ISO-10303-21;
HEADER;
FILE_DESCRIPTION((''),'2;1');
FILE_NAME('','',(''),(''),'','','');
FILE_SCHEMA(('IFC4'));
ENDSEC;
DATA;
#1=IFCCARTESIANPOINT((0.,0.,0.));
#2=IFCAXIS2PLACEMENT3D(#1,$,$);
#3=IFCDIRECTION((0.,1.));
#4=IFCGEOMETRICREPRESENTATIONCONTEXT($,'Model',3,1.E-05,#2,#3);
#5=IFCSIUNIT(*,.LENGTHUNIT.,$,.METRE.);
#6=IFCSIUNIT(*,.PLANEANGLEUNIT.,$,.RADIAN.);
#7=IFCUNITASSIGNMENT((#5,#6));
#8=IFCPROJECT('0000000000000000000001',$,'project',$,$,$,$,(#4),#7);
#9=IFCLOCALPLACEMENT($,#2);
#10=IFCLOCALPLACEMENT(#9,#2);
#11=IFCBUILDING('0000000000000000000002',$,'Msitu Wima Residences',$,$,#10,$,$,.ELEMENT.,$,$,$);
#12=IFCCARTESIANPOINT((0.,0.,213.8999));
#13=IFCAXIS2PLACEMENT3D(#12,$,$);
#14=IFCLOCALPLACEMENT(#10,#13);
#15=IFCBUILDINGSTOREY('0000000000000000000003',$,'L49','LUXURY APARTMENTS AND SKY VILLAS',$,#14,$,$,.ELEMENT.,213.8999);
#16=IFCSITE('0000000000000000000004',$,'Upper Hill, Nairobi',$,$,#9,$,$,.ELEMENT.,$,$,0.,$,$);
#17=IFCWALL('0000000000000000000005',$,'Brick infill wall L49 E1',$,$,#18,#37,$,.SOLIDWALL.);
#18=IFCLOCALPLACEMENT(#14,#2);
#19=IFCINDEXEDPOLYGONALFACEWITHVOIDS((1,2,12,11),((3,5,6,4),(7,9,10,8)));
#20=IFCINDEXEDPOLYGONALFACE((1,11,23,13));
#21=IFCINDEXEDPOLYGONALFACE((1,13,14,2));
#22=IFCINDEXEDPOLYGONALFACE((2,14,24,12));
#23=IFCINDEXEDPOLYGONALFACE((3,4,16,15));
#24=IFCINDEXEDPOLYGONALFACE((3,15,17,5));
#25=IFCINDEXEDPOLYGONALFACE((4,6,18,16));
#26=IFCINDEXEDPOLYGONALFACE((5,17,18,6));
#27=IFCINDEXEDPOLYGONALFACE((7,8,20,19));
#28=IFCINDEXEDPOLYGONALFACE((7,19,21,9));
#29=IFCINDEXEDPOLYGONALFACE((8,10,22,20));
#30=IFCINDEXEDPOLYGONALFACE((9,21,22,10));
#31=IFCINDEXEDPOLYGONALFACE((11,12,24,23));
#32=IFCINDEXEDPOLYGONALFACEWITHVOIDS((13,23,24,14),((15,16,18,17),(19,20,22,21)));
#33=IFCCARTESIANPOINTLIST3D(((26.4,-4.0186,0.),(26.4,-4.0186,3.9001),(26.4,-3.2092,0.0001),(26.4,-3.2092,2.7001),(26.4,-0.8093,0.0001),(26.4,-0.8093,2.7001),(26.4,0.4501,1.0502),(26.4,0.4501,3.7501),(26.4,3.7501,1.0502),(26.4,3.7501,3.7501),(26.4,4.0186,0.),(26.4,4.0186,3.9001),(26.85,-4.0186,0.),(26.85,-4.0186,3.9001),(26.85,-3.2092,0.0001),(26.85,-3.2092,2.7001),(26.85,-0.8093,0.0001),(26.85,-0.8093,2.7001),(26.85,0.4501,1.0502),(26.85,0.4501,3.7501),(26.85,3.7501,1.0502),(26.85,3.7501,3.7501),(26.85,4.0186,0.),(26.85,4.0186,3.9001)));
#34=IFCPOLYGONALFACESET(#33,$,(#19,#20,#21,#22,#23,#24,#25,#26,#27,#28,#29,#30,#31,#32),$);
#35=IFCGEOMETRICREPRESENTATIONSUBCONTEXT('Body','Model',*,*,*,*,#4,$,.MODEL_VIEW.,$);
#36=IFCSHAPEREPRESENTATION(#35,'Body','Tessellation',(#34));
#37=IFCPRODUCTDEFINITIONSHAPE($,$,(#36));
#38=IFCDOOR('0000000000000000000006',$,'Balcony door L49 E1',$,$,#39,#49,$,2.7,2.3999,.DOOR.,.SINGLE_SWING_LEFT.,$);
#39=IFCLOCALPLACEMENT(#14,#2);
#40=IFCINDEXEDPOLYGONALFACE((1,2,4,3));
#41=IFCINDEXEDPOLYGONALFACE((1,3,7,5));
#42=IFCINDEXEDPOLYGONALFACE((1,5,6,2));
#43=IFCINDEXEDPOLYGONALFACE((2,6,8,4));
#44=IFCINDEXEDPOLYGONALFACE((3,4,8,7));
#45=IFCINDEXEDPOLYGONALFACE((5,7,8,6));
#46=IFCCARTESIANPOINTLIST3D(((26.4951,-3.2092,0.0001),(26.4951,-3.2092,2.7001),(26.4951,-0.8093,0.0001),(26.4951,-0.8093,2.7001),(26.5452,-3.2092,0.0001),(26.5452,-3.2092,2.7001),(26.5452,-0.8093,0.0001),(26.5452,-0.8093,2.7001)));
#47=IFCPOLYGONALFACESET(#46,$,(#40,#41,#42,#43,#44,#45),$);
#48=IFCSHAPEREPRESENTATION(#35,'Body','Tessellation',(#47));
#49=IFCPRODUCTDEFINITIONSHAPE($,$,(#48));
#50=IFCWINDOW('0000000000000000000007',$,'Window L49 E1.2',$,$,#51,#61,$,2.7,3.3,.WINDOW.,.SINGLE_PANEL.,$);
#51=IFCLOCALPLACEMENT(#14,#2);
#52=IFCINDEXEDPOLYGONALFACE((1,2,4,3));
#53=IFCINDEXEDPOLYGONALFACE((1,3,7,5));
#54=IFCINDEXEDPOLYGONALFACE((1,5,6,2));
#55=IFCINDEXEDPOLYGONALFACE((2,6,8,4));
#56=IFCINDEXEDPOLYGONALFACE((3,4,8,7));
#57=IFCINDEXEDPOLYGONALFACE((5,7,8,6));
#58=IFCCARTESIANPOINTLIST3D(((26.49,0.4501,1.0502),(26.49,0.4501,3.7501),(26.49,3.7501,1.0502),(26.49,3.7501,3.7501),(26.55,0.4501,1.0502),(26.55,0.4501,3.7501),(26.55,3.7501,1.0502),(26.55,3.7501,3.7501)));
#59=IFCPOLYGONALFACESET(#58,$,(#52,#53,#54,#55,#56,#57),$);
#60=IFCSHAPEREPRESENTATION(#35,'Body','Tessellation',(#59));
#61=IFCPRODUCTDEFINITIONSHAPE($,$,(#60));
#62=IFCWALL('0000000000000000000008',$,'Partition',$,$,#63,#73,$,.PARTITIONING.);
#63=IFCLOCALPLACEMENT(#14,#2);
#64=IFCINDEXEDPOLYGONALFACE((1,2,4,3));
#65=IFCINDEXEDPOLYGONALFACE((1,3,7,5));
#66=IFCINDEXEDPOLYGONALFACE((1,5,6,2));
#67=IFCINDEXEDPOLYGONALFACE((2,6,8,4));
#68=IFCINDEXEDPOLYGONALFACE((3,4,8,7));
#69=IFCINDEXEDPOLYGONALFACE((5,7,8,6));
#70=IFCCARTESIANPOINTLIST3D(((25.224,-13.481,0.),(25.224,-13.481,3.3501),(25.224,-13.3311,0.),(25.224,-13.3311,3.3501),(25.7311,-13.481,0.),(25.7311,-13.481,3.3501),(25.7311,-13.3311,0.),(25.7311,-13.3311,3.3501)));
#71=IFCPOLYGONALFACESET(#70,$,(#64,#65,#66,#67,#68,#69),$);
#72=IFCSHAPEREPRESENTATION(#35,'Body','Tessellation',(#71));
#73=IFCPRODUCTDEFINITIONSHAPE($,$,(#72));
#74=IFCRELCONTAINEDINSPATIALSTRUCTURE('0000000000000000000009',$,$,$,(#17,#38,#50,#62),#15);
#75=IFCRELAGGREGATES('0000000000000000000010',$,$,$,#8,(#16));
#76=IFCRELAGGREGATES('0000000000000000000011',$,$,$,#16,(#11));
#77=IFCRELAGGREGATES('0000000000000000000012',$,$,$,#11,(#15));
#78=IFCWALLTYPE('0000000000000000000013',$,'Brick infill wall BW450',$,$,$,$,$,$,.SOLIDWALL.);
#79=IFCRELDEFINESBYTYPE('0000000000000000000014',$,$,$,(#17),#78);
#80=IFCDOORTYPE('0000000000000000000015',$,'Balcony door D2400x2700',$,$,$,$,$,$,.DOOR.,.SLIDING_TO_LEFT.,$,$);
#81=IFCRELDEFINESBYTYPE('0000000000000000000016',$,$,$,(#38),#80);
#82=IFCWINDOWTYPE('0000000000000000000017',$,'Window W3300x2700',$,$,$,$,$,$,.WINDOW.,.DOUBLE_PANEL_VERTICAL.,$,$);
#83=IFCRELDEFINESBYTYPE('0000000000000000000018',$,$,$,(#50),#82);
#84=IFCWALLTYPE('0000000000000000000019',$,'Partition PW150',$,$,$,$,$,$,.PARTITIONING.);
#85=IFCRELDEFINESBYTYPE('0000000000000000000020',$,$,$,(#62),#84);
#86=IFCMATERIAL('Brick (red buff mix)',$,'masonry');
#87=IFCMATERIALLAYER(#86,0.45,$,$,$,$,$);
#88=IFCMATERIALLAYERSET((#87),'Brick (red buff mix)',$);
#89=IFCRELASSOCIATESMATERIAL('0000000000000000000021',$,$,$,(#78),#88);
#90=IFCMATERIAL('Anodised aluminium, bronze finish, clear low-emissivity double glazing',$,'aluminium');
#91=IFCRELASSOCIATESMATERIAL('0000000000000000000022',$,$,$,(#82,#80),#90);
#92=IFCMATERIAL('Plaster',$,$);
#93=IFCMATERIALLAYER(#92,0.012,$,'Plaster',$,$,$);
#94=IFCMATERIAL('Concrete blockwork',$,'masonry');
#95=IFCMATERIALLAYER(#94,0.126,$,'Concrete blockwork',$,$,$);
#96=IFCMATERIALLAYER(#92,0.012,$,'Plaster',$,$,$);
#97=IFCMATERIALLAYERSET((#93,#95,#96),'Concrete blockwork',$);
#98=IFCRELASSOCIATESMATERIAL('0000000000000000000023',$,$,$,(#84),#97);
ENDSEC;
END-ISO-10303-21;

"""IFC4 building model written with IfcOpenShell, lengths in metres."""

from ifc_helpers import new_model, si_unit, direction, frame, frame_2d, origin, place, context, subcontext, project, spatial, rectangle, extrude, material, layer, layer_set, type_object, element, fill, save


model = new_model("IFC4")

# Units and contexts
model_context = context("Model", 3, precision=1e-05, world=origin(), true_north=direction((0.0, 1.0)))
body_context = subcontext(model_context, "Body", "Model", "MODEL_VIEW")
ifc_project = project(units=[si_unit("LENGTHUNIT", "METRE"), si_unit("PLANEANGLEUNIT", "RADIAN")], contexts=[model_context])

# Site, building, storey
site_placement = place(None, origin())
site = spatial("IfcSite", under=ifc_project, at=site_placement, Name="Upper Hill, Nairobi", CompositionType="ELEMENT", RefElevation=0.0)
building_placement = place(site_placement, origin())
building = spatial("IfcBuilding", under=site, at=building_placement, Name="Msitu Wima Residences", CompositionType="ELEMENT")
storey_placement = place(building_placement, frame((0.0, 0.0, 213.8999)))
storey = spatial("IfcBuildingStorey", under=building, at=storey_placement, Name="L49", Description="LUXURY APARTMENTS AND SKY VILLAS", CompositionType="ELEMENT", Elevation=213.8999)

# Shared definitions
ifc_material_1 = material(Name="Brick (red buff mix)", Category="masonry")
ifc_layer_1 = layer(ifc_material_1, 0.45)
ifc_layer_set_1 = layer_set([ifc_layer_1], Name="Brick (red buff mix)")
wall_type_1 = type_object("IfcWallType", Name="Brick infill wall BW450", PredefinedType="SOLIDWALL", material=ifc_layer_set_1)
ifc_material_2 = material(Name="Anodised aluminium, bronze finish, clear low-emissivity double glazing", Category="aluminium")
window_type = type_object("IfcWindowType", Name="Window W3300x2700", PartitioningType="DOUBLE_PANEL_VERTICAL", PredefinedType="WINDOW", material=ifc_material_2)

# Wall, openings, door, window
wall_1_placement = place(storey_placement, frame((26.625, -4.0186, 0.0), z_axis=(0.0, 0.0, 1.0), x_axis=(0.0, 1.0, 0.0)))
wall_1 = element("IfcWall", 1, at=wall_1_placement, inside=storey, type_object=wall_type_1, Name="Brick infill wall L49 E1", PredefinedType="SOLIDWALL", context=body_context, shape_type="SweptSolid", body=[
    extrude(rectangle(XDim=8.0371, YDim=0.45, at=frame_2d((4.0186, 0.0))), origin(), (0.0, 0.0, 1.0), 3.9001),
])
opening_1_placement = place(wall_1_placement, frame((0.8093, 0.0, 0.0)))
opening_1 = element("IfcOpeningElement", 2, at=opening_1_placement, cuts=wall_1, PredefinedType="OPENING", context=body_context, shape_type="SweptSolid", body=[
    extrude(rectangle(XDim=2.3999, YDim=2.7, at=frame_2d((1.2, 1.3501))), frame((0.0, 0.2349, 0.0), z_axis=(0.0, -1.0, 0.0), x_axis=(1.0, 0.0, 0.0)), (0.0, 0.0, 1.0), 0.47),
])
opening_2_placement = place(wall_1_placement, frame((4.4688, 0.0, 1.05)))
opening_2 = element("IfcOpeningElement", 3, at=opening_2_placement, cuts=wall_1, PredefinedType="OPENING", context=body_context, shape_type="SweptSolid", body=[
    extrude(rectangle(XDim=3.3, YDim=2.7, at=frame_2d((1.6499, 1.3501))), frame((0.0, 0.2349, 0.0), z_axis=(0.0, -1.0, 0.0), x_axis=(1.0, 0.0, 0.0)), (0.0, 0.0, 1.0), 0.47),
])
door_type = type_object("IfcDoorType", Name="Balcony door D2400x2700", OperationType="SLIDING_TO_LEFT", PredefinedType="DOOR", material=ifc_material_2)
door_placement = place(opening_1_placement, origin())
door = element("IfcDoor", 4, at=door_placement, inside=storey, type_object=door_type, Name="Balcony door L49 E1", OperationType="SINGLE_SWING_LEFT", OverallHeight=2.7, OverallWidth=2.3999, PredefinedType="DOOR", context=body_context, shape_type="SweptSolid", body=[
    extrude(rectangle(XDim=2.3999, YDim=2.7, at=frame_2d((1.2, 1.3501))), frame((0.0, 0.1299, 0.0), z_axis=(0.0, -1.0, 0.0), x_axis=(1.0, 0.0, 0.0)), (0.0, 0.0, 1.0), 0.05),
])
fill(opening_1, door)
window_1_placement = place(opening_2_placement, origin())
window_1 = element("IfcWindow", 5, at=window_1_placement, inside=storey, type_object=window_type, Name="Window L49 E1.2", OverallHeight=2.7, OverallWidth=3.3, PartitioningType="SINGLE_PANEL", PredefinedType="WINDOW", context=body_context, shape_type="SweptSolid", body=[
    extrude(rectangle(XDim=3.3, YDim=2.7, at=frame_2d((1.6499, 1.3501))), frame((0.0, 0.135, 0.0), z_axis=(0.0, -1.0, 0.0), x_axis=(1.0, 0.0, 0.0)), (0.0, 0.0, 1.0), 0.0601),
])
fill(opening_2, window_1)

# Wall
ifc_material_3 = material(Name="Plaster")
ifc_layer_2 = layer(ifc_material_3, 0.012, Name="Plaster")
ifc_material_4 = material(Name="Concrete blockwork", Category="masonry")
ifc_layer_3 = layer(ifc_material_4, 0.126, Name="Concrete blockwork")
ifc_layer_4 = layer(ifc_material_3, 0.012, Name="Plaster")
ifc_layer_set_2 = layer_set([ifc_layer_2, ifc_layer_3, ifc_layer_4], Name="Concrete blockwork")
wall_type_2 = type_object("IfcWallType", Name="Partition PW150", PredefinedType="PARTITIONING", material=ifc_layer_set_2)
wall_2_placement = place(storey_placement, frame((25.2241, -13.406, 0.0), z_axis=(0.0, 0.0, 1.0), x_axis=(1.0, 0.0, 0.0)))
element("IfcWall", 6, at=wall_2_placement, inside=storey, type_object=wall_type_2, Name="Partition", PredefinedType="PARTITIONING", context=body_context, shape_type="SweptSolid", body=[
    extrude(rectangle(XDim=0.5071, YDim=0.1499, at=frame_2d((0.2534, 0.0))), origin(), (0.0, 0.0, 1.0), 3.3501),
])

save(model, "model.ifc")
